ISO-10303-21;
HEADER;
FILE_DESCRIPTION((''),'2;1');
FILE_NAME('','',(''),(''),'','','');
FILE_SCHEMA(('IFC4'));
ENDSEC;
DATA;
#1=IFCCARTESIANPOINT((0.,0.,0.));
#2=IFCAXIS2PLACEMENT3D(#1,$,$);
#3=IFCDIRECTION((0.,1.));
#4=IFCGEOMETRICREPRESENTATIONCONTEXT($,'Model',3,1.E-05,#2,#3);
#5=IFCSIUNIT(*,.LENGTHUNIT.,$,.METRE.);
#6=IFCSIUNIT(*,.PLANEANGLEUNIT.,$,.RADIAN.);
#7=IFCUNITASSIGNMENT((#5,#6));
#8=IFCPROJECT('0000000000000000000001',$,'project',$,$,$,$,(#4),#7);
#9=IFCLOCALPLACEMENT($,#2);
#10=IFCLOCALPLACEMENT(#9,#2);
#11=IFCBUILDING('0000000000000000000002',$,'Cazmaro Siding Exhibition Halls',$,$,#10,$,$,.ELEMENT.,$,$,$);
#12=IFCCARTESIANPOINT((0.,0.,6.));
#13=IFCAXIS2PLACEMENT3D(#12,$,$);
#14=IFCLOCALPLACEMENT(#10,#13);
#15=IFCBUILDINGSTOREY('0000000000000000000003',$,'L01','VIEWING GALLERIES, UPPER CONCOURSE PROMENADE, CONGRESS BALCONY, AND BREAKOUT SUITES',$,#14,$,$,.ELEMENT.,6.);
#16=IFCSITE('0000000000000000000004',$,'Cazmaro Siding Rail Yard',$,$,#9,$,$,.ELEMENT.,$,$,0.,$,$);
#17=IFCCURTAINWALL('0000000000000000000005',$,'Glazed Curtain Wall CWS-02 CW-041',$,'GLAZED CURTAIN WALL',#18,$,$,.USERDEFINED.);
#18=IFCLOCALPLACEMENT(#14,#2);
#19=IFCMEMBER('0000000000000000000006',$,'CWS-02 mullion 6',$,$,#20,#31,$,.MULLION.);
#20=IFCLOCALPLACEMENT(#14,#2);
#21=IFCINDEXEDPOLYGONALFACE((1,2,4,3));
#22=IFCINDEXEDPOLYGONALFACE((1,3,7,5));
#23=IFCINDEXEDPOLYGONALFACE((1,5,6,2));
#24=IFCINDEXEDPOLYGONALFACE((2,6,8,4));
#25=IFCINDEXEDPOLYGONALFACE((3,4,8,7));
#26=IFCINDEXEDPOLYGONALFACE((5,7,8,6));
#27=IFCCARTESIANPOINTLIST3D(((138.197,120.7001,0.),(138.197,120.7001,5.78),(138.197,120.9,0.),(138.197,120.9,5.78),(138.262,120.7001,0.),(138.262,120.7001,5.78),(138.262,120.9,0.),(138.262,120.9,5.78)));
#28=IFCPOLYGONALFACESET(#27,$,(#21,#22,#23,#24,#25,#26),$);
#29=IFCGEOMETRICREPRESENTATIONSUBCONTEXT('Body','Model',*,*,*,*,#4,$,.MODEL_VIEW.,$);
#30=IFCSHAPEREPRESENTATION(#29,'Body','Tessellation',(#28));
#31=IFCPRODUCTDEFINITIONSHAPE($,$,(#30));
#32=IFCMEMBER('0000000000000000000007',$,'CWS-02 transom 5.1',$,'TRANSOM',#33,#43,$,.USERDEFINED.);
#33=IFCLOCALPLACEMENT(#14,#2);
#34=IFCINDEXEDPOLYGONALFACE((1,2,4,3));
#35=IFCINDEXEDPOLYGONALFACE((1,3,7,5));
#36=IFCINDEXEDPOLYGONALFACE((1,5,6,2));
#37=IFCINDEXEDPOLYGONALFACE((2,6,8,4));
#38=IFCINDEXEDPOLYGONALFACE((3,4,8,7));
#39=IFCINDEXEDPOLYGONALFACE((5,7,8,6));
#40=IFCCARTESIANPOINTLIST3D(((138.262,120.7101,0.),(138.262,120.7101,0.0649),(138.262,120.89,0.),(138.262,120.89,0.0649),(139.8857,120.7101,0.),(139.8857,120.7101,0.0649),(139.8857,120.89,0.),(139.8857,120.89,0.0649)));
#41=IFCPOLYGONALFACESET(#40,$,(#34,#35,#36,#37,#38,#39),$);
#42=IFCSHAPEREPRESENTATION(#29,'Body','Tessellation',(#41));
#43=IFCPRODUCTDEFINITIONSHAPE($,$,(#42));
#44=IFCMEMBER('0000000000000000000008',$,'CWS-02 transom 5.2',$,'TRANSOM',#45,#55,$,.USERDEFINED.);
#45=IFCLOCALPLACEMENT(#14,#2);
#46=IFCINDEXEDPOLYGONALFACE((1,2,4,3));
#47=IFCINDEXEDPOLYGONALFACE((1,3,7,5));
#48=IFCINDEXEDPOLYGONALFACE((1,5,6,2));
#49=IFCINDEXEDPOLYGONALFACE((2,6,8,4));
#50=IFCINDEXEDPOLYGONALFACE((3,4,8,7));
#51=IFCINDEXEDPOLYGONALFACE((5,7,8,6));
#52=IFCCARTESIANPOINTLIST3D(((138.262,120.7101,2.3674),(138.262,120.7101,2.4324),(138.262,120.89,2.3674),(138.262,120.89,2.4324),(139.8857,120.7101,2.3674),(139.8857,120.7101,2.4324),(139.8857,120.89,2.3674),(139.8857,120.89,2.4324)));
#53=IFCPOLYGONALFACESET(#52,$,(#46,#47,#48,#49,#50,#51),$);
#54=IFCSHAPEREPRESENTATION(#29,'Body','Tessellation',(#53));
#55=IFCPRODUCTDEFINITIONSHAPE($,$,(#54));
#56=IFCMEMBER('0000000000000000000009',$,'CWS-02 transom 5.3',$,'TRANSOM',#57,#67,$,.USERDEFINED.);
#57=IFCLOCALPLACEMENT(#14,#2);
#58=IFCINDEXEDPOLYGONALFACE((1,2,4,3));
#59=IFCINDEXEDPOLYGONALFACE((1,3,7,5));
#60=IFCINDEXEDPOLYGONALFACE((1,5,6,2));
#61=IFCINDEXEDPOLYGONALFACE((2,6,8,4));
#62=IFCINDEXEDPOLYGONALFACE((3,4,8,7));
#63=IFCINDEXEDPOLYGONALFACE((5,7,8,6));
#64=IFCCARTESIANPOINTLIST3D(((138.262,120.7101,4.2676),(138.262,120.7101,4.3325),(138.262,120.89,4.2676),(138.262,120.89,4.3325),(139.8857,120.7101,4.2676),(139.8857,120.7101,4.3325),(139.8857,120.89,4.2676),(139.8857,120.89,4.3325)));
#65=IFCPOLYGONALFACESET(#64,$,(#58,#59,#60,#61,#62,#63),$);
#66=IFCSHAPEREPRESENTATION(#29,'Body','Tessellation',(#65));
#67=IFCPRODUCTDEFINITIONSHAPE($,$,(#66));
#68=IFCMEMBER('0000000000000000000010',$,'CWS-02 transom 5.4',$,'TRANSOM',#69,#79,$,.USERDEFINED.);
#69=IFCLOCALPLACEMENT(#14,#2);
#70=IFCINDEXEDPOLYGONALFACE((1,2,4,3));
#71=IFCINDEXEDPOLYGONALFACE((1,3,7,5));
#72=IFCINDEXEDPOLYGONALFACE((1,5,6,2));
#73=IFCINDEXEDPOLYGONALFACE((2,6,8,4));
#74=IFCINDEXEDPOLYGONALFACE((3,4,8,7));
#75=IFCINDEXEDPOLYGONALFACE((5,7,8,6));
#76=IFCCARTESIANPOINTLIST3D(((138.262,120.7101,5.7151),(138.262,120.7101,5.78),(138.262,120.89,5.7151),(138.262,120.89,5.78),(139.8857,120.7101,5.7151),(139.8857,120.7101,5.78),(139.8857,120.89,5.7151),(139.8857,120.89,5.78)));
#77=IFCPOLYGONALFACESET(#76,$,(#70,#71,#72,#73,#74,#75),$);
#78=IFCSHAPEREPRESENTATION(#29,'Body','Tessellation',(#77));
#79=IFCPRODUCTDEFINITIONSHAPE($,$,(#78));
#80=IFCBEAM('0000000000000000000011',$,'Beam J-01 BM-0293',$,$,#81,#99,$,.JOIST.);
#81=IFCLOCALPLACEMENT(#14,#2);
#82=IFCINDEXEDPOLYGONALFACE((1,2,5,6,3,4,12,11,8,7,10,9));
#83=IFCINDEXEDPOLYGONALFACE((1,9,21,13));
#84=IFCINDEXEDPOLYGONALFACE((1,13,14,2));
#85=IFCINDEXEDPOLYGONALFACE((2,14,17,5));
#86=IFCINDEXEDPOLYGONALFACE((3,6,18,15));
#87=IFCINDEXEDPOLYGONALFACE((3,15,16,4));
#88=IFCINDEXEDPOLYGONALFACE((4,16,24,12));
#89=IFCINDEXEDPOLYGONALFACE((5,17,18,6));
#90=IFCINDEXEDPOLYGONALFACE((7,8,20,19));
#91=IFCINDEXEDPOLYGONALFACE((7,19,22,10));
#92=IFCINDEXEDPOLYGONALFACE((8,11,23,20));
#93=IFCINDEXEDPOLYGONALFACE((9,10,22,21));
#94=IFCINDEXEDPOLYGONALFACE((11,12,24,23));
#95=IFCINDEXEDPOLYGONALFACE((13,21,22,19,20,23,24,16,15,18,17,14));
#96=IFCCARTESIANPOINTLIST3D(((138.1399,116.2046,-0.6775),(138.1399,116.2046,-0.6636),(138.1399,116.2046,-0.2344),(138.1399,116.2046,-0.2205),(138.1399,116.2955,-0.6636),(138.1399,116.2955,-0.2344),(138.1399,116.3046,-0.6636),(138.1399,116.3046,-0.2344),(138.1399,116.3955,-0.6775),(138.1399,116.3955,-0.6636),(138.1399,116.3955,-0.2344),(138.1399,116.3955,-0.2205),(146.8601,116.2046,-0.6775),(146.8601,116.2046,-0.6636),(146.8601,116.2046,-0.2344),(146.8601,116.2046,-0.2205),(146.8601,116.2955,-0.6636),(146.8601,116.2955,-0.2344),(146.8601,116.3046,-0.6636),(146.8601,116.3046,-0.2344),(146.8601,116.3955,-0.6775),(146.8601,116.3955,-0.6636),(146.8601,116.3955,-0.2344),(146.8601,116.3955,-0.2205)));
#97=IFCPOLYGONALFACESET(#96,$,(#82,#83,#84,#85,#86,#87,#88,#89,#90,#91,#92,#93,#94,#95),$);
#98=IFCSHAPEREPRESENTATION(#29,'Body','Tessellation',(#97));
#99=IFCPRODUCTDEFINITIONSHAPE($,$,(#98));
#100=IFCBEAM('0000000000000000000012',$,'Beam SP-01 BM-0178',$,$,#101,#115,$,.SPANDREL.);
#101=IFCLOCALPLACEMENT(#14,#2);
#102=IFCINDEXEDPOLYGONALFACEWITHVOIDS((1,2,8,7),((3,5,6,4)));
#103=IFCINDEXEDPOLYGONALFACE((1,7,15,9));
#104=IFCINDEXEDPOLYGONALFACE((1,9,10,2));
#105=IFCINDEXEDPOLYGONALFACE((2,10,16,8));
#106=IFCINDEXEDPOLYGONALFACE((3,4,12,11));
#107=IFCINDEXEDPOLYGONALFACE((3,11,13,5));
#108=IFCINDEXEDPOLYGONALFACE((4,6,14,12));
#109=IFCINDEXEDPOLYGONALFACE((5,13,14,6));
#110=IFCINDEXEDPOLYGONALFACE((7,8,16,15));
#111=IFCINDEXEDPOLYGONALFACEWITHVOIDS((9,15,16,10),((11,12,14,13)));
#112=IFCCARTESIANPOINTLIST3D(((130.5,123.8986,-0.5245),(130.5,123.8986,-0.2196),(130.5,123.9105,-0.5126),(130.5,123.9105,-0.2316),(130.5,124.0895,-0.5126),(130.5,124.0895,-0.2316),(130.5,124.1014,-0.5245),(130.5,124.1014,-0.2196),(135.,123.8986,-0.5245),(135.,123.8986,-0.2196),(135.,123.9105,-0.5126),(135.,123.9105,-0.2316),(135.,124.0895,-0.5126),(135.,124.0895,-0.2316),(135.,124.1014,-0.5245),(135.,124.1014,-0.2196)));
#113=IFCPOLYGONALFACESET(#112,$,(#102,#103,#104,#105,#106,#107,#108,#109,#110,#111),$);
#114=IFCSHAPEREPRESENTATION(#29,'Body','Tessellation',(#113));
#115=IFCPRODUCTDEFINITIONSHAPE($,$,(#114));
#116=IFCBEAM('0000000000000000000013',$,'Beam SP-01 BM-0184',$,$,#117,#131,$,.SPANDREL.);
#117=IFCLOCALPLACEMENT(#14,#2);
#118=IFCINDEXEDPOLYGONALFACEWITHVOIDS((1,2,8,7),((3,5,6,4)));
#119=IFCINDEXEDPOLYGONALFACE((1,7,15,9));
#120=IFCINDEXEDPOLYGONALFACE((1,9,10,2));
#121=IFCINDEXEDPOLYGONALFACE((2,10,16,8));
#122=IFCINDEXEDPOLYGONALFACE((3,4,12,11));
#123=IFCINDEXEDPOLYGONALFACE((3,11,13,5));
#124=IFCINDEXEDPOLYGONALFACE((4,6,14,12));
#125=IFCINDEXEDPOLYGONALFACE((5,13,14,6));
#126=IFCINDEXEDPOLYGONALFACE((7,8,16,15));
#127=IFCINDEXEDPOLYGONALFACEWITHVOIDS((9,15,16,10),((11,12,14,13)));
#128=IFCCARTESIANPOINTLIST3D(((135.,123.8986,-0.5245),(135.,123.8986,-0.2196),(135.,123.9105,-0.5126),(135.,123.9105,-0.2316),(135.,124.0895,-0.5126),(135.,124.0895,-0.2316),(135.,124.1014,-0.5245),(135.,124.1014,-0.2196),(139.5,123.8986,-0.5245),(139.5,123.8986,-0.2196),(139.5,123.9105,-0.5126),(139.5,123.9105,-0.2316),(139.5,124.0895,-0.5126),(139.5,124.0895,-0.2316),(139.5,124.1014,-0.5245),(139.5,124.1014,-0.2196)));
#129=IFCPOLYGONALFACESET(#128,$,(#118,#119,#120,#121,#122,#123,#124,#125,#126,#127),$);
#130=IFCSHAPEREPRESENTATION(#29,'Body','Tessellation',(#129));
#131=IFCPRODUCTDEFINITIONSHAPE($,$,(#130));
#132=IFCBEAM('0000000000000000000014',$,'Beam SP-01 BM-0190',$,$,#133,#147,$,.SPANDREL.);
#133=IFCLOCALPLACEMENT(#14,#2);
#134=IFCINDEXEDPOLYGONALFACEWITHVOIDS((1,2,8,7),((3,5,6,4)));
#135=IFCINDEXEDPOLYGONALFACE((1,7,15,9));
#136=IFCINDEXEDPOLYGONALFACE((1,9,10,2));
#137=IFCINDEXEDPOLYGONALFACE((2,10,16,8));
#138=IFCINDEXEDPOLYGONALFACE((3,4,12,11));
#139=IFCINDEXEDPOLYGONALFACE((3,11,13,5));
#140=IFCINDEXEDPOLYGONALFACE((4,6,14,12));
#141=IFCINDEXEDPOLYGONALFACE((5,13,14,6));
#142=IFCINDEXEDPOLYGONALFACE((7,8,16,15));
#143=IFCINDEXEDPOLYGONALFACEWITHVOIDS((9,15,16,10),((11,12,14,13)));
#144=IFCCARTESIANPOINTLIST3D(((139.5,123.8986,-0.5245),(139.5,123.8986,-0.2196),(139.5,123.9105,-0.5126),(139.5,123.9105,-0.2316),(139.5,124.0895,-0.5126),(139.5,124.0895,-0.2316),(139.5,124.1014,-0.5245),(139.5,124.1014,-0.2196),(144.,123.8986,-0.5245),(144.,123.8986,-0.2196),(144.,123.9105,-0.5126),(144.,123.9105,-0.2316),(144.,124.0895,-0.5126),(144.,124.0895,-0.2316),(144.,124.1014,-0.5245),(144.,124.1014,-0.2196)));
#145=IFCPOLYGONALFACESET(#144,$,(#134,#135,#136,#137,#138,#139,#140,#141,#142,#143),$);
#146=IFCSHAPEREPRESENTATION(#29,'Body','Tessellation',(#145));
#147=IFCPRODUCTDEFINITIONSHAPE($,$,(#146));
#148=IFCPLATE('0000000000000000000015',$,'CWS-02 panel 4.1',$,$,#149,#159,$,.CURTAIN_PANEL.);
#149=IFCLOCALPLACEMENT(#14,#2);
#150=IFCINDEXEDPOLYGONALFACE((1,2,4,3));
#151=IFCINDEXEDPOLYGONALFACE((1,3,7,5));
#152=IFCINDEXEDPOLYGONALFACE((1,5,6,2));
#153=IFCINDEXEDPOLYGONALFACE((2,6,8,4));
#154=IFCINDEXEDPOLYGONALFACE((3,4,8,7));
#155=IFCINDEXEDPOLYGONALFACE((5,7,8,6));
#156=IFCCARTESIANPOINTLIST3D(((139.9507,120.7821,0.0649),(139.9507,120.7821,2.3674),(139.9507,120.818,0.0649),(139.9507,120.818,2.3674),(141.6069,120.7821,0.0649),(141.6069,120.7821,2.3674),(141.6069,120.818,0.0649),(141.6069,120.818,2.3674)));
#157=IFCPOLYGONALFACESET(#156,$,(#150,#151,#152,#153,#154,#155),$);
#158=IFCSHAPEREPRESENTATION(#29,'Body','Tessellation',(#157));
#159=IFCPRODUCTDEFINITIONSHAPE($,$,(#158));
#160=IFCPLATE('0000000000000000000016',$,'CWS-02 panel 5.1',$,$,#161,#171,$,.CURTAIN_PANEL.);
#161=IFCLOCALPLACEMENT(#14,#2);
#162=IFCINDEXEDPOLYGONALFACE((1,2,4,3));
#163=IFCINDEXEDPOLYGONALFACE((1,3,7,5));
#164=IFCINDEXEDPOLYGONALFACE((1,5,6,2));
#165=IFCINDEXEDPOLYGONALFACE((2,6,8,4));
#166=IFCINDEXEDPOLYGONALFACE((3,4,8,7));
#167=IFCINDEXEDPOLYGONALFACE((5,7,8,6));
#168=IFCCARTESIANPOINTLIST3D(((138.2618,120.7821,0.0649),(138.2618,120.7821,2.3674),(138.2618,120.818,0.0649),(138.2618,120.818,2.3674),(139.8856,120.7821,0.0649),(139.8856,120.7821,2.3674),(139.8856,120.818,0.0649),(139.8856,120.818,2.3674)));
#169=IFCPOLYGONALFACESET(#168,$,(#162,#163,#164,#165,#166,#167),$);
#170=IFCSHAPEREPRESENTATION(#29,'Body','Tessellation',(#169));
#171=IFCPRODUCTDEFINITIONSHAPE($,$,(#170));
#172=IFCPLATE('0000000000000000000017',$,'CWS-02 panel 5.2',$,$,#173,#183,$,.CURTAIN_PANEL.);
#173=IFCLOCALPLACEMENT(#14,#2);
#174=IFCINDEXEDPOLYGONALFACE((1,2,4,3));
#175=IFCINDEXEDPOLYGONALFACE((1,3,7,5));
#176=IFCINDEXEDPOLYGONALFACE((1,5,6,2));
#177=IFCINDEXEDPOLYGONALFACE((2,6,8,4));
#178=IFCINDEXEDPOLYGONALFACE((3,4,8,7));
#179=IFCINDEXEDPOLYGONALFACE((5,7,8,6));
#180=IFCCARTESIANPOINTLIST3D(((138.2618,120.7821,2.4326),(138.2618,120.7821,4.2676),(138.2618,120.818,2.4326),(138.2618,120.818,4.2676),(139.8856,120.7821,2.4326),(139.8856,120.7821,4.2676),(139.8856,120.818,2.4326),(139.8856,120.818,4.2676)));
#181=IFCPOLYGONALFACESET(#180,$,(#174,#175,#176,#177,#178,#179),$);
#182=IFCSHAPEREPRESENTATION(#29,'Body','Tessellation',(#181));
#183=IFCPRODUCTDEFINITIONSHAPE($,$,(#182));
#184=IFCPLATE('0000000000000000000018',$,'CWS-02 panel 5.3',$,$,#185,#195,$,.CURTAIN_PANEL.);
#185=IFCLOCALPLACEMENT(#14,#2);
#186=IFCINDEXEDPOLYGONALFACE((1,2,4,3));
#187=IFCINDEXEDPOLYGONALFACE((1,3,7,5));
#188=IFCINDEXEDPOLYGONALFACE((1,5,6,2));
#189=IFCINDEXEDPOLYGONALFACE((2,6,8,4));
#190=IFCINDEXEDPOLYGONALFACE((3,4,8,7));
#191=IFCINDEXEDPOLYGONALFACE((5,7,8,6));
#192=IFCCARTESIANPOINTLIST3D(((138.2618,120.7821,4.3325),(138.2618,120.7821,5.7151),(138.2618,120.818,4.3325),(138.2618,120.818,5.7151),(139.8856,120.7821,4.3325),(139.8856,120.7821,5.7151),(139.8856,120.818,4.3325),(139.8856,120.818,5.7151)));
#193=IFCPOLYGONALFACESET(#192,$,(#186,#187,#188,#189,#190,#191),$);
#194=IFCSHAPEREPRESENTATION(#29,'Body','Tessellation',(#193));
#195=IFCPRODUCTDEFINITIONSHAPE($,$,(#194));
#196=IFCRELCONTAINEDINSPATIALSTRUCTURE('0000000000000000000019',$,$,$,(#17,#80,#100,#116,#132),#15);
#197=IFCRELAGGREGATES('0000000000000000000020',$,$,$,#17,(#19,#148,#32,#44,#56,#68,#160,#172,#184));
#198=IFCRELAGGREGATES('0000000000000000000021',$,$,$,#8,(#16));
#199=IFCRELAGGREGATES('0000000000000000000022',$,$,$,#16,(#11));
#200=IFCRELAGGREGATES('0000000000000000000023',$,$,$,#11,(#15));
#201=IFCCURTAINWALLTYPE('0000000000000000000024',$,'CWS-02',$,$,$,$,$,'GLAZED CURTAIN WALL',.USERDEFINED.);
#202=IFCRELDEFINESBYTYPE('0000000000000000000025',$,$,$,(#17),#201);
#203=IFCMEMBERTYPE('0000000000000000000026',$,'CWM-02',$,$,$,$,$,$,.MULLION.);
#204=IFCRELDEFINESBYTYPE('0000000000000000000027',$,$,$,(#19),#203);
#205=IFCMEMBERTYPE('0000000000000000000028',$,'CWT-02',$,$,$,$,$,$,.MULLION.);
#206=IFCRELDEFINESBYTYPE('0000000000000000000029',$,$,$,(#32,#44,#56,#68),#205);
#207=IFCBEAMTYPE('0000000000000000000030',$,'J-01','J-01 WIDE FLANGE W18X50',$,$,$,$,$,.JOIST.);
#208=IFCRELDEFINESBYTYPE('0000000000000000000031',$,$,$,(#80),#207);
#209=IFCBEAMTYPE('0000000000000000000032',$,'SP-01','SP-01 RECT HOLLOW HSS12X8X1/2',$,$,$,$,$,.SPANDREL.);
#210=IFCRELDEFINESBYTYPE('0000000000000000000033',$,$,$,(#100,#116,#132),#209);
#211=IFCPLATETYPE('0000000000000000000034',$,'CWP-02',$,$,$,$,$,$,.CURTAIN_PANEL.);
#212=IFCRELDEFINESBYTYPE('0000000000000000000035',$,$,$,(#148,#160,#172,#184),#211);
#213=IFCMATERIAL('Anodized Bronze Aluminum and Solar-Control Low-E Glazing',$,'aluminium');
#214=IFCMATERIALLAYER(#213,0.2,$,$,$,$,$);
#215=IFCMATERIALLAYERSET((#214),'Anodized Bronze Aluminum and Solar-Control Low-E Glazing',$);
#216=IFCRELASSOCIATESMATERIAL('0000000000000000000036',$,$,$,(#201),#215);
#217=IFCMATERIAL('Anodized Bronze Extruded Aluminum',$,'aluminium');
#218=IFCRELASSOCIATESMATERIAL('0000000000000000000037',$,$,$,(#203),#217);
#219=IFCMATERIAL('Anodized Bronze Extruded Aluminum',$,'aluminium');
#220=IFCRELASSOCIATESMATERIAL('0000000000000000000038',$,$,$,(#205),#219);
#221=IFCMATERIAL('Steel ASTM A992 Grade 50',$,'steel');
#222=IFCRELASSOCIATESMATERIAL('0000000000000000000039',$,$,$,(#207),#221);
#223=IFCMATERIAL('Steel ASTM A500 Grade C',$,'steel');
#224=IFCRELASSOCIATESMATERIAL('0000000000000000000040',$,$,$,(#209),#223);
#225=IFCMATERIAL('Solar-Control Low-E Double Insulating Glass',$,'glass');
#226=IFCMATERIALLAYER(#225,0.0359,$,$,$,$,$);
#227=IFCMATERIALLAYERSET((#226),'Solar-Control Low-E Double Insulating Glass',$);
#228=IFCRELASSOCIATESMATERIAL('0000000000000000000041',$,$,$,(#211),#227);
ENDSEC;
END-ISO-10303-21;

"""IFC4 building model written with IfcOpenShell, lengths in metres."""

from ifc_helpers import new_model, si_unit, direction, frame, origin, origin_2d, place, context, subcontext, project, spatial, rectangle, hollow_rectangle, i_section, extrude, material, layer, layer_set, material_profile, profile_set, type_object, element, aggregate, save


model = new_model("IFC4")

# Units and contexts
model_context = context("Model", 3, precision=1e-05, world=origin(), true_north=direction((0.0, 1.0)))
body_context = subcontext(model_context, "Body", "Model", "MODEL_VIEW")
ifc_project = project(units=[si_unit("LENGTHUNIT", "METRE"), si_unit("PLANEANGLEUNIT", "RADIAN")], contexts=[model_context])

# Site, building, storey
site_placement = place(None, origin())
site = spatial("IfcSite", under=ifc_project, at=site_placement, Name="Cazmaro Siding Rail Yard", CompositionType="ELEMENT", RefElevation=0.0)
building_placement = place(site_placement, origin())
building = spatial("IfcBuilding", under=site, at=building_placement, Name="Cazmaro Siding Exhibition Halls", CompositionType="ELEMENT")
storey_placement = place(building_placement, frame((0.0, 0.0, 6.0)))
storey = spatial("IfcBuildingStorey", under=building, at=storey_placement, Name="L01", Description="VIEWING GALLERIES, UPPER CONCOURSE PROMENADE, CONGRESS BALCONY, AND BREAKOUT SUITES", CompositionType="ELEMENT", Elevation=6.0)

# Curtain wall, members
ifc_material_1 = material(Name="Anodized Bronze Aluminum and Solar-Control Low-E Glazing", Category="aluminium")
ifc_layer_1 = layer(ifc_material_1, 0.2)
ifc_layer_set_1 = layer_set([ifc_layer_1], Name="Anodized Bronze Aluminum and Solar-Control Low-E Glazing")
curtain_wall_type = type_object("IfcCurtainWallType", Name="CWS-02", ElementType="GLAZED CURTAIN WALL", PredefinedType="USERDEFINED", material=ifc_layer_set_1)
curtain_wall_placement = place(storey_placement, origin())
curtain_wall = element("IfcCurtainWall", 1, at=curtain_wall_placement, inside=storey, type_object=curtain_wall_type, Name="Glazed Curtain Wall CWS-02 CW-041", ObjectType="GLAZED CURTAIN WALL", PredefinedType="USERDEFINED")
ifc_material_2 = material(Name="Anodized Bronze Extruded Aluminum", Category="aluminium")
ifc_material_profile_1 = material_profile(ifc_material_2, rectangle(XDim=0.2, YDim=0.0649, at=origin_2d()), Name="CWM-02")
ifc_profile_set_1 = profile_set([ifc_material_profile_1], Name="Anodized Bronze Extruded Aluminum")
member_type_1 = type_object("IfcMemberType", Name="CWM-02", PredefinedType="MULLION", material=ifc_profile_set_1)
member_1_placement = place(storey_placement, frame((138.2295, 120.8, 0.0), z_axis=(0.0, 0.0, 1.0), x_axis=(0.0, -1.0, 0.0)))
member_1 = element("IfcMember", 2, at=member_1_placement, type_object=member_type_1, Name="CWS-02 mullion 6", PredefinedType="MULLION", context=body_context, shape_type="SweptSolid", body=[
    extrude(rectangle(XDim=0.2, YDim=0.0649, at=origin_2d()), origin(), (0.0, 0.0, 1.0), 5.78),
])
ifc_material_3 = material(Name="Anodized Bronze Extruded Aluminum", Category="aluminium")
ifc_material_profile_2 = material_profile(ifc_material_3, rectangle(XDim=0.1799, YDim=0.0649, at=origin_2d()), Name="CWT-02")
ifc_profile_set_2 = profile_set([ifc_material_profile_2], Name="Anodized Bronze Extruded Aluminum")
member_type_2 = type_object("IfcMemberType", Name="CWT-02", PredefinedType="MULLION", material=ifc_profile_set_2)
member_2_placement = place(storey_placement, frame((139.8857, 120.8, 0.0325), z_axis=(-1.0, 0.0, 0.0), x_axis=(0.0, -1.0, 0.0)))
member_2 = element("IfcMember", 3, at=member_2_placement, type_object=member_type_2, Name="CWS-02 transom 5.1", ObjectType="TRANSOM", PredefinedType="USERDEFINED", context=body_context, shape_type="SweptSolid", body=[
    extrude(rectangle(XDim=0.1799, YDim=0.0649, at=origin_2d()), origin(), (0.0, 0.0, 1.0), 1.6238),
])
member_3_placement = place(storey_placement, frame((139.8857, 120.8, 2.3999), z_axis=(-1.0, 0.0, 0.0), x_axis=(0.0, -1.0, 0.0)))
member_3 = element("IfcMember", 4, at=member_3_placement, type_object=member_type_2, Name="CWS-02 transom 5.2", ObjectType="TRANSOM", PredefinedType="USERDEFINED", context=body_context, shape_type="SweptSolid", body=[
    extrude(rectangle(XDim=0.1799, YDim=0.0649, at=origin_2d()), origin(), (0.0, 0.0, 1.0), 1.6238),
])
member_4_placement = place(storey_placement, frame((139.8857, 120.8, 4.3), z_axis=(-1.0, 0.0, 0.0), x_axis=(0.0, -1.0, 0.0)))
member_4 = element("IfcMember", 5, at=member_4_placement, type_object=member_type_2, Name="CWS-02 transom 5.3", ObjectType="TRANSOM", PredefinedType="USERDEFINED", context=body_context, shape_type="SweptSolid", body=[
    extrude(rectangle(XDim=0.1799, YDim=0.0649, at=origin_2d()), origin(), (0.0, 0.0, 1.0), 1.6238),
])
member_5_placement = place(storey_placement, frame((139.8857, 120.8, 5.7476), z_axis=(-1.0, 0.0, 0.0), x_axis=(0.0, -1.0, 0.0)))
member_5 = element("IfcMember", 6, at=member_5_placement, type_object=member_type_2, Name="CWS-02 transom 5.4", ObjectType="TRANSOM", PredefinedType="USERDEFINED", context=body_context, shape_type="SweptSolid", body=[
    extrude(rectangle(XDim=0.1799, YDim=0.0649, at=origin_2d()), origin(), (0.0, 0.0, 1.0), 1.6238),
])

# Beams
ifc_material_4 = material(Name="Steel ASTM A992 Grade 50", Category="steel")
ifc_material_profile_3 = material_profile(ifc_material_4, i_section(OverallWidth=0.1909, OverallDepth=0.457, WebThickness=0.009, FlangeThickness=0.0139, at=origin_2d()), Name="W18X50")
ifc_profile_set_3 = profile_set([ifc_material_profile_3], Name="Steel ASTM A992 Grade 50")
beam_type_1 = type_object("IfcBeamType", Name="J-01", Description="J-01 WIDE FLANGE W18X50", PredefinedType="JOIST", material=ifc_profile_set_3)
beam_1_placement = place(storey_placement, frame((138.1399, 116.3, -0.449), z_axis=(1.0, 0.0, 0.0), x_axis=(0.0, 1.0, 0.0)))
element("IfcBeam", 7, at=beam_1_placement, inside=storey, type_object=beam_type_1, Name="Beam J-01 BM-0293", PredefinedType="JOIST", context=body_context, shape_type="SweptSolid", body=[
    extrude(i_section(OverallWidth=0.1909, OverallDepth=0.457, WebThickness=0.009, FlangeThickness=0.0139, at=origin_2d()), origin(), (0.0, 0.0, 1.0), 8.7202),
])
ifc_material_5 = material(Name="Steel ASTM A500 Grade C", Category="steel")
ifc_material_profile_4 = material_profile(ifc_material_5, hollow_rectangle(XDim=0.2029, YDim=0.3049, WallThickness=0.012, at=origin_2d()), Name="HSS12X8X1/2")
ifc_profile_set_4 = profile_set([ifc_material_profile_4], Name="Steel ASTM A500 Grade C")
beam_type_2 = type_object("IfcBeamType", Name="SP-01", Description="SP-01 RECT HOLLOW HSS12X8X1/2", PredefinedType="SPANDREL", material=ifc_profile_set_4)
for number, where, z_axis, x_axis, name in (
    (8, (130.5, 124.0, -0.3721), (1.0, 0.0, 0.0), (0.0, 1.0, 0.0), "Beam SP-01 BM-0178"),
    (9, (135.0, 124.0, -0.3721), (1.0, 0.0, 0.0), (0.0, 1.0, 0.0), "Beam SP-01 BM-0184"),
    (10, (139.5, 124.0, -0.3721), (1.0, 0.0, 0.0), (0.0, 1.0, 0.0), "Beam SP-01 BM-0190"),
):
    element("IfcBeam", number, at=place(storey_placement, frame(where, z_axis=z_axis, x_axis=x_axis)), inside=storey, type_object=beam_type_2, Name=name, PredefinedType="SPANDREL", context=body_context, shape_type="SweptSolid", body=[
        extrude(hollow_rectangle(XDim=0.2029, YDim=0.3049, WallThickness=0.012, at=origin_2d()), origin(), (0.0, 0.0, 1.0), 4.5),
    ])

# Plates
ifc_material_6 = material(Name="Solar-Control Low-E Double Insulating Glass", Category="glass")
ifc_layer_2 = layer(ifc_material_6, 0.0359)
ifc_layer_set_2 = layer_set([ifc_layer_2], Name="Solar-Control Low-E Double Insulating Glass")
plate_type = type_object("IfcPlateType", Name="CWP-02", PredefinedType="CURTAIN_PANEL", material=ifc_layer_set_2)
plate_1_placement = place(storey_placement, frame((140.7788, 120.8, 0.0649), z_axis=(0.0, 0.0, 1.0), x_axis=(-1.0, 0.0, 0.0)))
plate_1 = element("IfcPlate", 11, at=plate_1_placement, type_object=plate_type, Name="CWS-02 panel 4.1", PredefinedType="CURTAIN_PANEL", context=body_context, shape_type="SweptSolid", body=[
    extrude(rectangle(XDim=1.6562, YDim=0.0359, at=origin_2d()), origin(), (0.0, 0.0, 1.0), 2.3025),
])
plate_2_placement = place(storey_placement, frame((139.0737, 120.8, 0.0649), z_axis=(0.0, 0.0, 1.0), x_axis=(-1.0, 0.0, 0.0)))
plate_2 = element("IfcPlate", 12, at=plate_2_placement, type_object=plate_type, Name="CWS-02 panel 5.1", PredefinedType="CURTAIN_PANEL", context=body_context, shape_type="SweptSolid", body=[
    extrude(rectangle(XDim=1.6238, YDim=0.0359, at=origin_2d()), origin(), (0.0, 0.0, 1.0), 2.3025),
])
plate_3_placement = place(storey_placement, frame((139.0737, 120.8, 2.4326), z_axis=(0.0, 0.0, 1.0), x_axis=(-1.0, 0.0, 0.0)))
plate_3 = element("IfcPlate", 13, at=plate_3_placement, type_object=plate_type, Name="CWS-02 panel 5.2", PredefinedType="CURTAIN_PANEL", context=body_context, shape_type="SweptSolid", body=[
    extrude(rectangle(XDim=1.6238, YDim=0.0359, at=origin_2d()), origin(), (0.0, 0.0, 1.0), 1.835),
])
plate_4_placement = place(storey_placement, frame((139.0737, 120.8, 4.3325), z_axis=(0.0, 0.0, 1.0), x_axis=(-1.0, 0.0, 0.0)))
plate_4 = element("IfcPlate", 14, at=plate_4_placement, type_object=plate_type, Name="CWS-02 panel 5.3", PredefinedType="CURTAIN_PANEL", context=body_context, shape_type="SweptSolid", body=[
    extrude(rectangle(XDim=1.6238, YDim=0.0359, at=origin_2d()), origin(), (0.0, 0.0, 1.0), 1.3826),
])
aggregate(curtain_wall, [member_1, plate_1, member_2, member_3, member_4, member_5, plate_2, plate_3, plate_4])

save(model, "model.ifc")
